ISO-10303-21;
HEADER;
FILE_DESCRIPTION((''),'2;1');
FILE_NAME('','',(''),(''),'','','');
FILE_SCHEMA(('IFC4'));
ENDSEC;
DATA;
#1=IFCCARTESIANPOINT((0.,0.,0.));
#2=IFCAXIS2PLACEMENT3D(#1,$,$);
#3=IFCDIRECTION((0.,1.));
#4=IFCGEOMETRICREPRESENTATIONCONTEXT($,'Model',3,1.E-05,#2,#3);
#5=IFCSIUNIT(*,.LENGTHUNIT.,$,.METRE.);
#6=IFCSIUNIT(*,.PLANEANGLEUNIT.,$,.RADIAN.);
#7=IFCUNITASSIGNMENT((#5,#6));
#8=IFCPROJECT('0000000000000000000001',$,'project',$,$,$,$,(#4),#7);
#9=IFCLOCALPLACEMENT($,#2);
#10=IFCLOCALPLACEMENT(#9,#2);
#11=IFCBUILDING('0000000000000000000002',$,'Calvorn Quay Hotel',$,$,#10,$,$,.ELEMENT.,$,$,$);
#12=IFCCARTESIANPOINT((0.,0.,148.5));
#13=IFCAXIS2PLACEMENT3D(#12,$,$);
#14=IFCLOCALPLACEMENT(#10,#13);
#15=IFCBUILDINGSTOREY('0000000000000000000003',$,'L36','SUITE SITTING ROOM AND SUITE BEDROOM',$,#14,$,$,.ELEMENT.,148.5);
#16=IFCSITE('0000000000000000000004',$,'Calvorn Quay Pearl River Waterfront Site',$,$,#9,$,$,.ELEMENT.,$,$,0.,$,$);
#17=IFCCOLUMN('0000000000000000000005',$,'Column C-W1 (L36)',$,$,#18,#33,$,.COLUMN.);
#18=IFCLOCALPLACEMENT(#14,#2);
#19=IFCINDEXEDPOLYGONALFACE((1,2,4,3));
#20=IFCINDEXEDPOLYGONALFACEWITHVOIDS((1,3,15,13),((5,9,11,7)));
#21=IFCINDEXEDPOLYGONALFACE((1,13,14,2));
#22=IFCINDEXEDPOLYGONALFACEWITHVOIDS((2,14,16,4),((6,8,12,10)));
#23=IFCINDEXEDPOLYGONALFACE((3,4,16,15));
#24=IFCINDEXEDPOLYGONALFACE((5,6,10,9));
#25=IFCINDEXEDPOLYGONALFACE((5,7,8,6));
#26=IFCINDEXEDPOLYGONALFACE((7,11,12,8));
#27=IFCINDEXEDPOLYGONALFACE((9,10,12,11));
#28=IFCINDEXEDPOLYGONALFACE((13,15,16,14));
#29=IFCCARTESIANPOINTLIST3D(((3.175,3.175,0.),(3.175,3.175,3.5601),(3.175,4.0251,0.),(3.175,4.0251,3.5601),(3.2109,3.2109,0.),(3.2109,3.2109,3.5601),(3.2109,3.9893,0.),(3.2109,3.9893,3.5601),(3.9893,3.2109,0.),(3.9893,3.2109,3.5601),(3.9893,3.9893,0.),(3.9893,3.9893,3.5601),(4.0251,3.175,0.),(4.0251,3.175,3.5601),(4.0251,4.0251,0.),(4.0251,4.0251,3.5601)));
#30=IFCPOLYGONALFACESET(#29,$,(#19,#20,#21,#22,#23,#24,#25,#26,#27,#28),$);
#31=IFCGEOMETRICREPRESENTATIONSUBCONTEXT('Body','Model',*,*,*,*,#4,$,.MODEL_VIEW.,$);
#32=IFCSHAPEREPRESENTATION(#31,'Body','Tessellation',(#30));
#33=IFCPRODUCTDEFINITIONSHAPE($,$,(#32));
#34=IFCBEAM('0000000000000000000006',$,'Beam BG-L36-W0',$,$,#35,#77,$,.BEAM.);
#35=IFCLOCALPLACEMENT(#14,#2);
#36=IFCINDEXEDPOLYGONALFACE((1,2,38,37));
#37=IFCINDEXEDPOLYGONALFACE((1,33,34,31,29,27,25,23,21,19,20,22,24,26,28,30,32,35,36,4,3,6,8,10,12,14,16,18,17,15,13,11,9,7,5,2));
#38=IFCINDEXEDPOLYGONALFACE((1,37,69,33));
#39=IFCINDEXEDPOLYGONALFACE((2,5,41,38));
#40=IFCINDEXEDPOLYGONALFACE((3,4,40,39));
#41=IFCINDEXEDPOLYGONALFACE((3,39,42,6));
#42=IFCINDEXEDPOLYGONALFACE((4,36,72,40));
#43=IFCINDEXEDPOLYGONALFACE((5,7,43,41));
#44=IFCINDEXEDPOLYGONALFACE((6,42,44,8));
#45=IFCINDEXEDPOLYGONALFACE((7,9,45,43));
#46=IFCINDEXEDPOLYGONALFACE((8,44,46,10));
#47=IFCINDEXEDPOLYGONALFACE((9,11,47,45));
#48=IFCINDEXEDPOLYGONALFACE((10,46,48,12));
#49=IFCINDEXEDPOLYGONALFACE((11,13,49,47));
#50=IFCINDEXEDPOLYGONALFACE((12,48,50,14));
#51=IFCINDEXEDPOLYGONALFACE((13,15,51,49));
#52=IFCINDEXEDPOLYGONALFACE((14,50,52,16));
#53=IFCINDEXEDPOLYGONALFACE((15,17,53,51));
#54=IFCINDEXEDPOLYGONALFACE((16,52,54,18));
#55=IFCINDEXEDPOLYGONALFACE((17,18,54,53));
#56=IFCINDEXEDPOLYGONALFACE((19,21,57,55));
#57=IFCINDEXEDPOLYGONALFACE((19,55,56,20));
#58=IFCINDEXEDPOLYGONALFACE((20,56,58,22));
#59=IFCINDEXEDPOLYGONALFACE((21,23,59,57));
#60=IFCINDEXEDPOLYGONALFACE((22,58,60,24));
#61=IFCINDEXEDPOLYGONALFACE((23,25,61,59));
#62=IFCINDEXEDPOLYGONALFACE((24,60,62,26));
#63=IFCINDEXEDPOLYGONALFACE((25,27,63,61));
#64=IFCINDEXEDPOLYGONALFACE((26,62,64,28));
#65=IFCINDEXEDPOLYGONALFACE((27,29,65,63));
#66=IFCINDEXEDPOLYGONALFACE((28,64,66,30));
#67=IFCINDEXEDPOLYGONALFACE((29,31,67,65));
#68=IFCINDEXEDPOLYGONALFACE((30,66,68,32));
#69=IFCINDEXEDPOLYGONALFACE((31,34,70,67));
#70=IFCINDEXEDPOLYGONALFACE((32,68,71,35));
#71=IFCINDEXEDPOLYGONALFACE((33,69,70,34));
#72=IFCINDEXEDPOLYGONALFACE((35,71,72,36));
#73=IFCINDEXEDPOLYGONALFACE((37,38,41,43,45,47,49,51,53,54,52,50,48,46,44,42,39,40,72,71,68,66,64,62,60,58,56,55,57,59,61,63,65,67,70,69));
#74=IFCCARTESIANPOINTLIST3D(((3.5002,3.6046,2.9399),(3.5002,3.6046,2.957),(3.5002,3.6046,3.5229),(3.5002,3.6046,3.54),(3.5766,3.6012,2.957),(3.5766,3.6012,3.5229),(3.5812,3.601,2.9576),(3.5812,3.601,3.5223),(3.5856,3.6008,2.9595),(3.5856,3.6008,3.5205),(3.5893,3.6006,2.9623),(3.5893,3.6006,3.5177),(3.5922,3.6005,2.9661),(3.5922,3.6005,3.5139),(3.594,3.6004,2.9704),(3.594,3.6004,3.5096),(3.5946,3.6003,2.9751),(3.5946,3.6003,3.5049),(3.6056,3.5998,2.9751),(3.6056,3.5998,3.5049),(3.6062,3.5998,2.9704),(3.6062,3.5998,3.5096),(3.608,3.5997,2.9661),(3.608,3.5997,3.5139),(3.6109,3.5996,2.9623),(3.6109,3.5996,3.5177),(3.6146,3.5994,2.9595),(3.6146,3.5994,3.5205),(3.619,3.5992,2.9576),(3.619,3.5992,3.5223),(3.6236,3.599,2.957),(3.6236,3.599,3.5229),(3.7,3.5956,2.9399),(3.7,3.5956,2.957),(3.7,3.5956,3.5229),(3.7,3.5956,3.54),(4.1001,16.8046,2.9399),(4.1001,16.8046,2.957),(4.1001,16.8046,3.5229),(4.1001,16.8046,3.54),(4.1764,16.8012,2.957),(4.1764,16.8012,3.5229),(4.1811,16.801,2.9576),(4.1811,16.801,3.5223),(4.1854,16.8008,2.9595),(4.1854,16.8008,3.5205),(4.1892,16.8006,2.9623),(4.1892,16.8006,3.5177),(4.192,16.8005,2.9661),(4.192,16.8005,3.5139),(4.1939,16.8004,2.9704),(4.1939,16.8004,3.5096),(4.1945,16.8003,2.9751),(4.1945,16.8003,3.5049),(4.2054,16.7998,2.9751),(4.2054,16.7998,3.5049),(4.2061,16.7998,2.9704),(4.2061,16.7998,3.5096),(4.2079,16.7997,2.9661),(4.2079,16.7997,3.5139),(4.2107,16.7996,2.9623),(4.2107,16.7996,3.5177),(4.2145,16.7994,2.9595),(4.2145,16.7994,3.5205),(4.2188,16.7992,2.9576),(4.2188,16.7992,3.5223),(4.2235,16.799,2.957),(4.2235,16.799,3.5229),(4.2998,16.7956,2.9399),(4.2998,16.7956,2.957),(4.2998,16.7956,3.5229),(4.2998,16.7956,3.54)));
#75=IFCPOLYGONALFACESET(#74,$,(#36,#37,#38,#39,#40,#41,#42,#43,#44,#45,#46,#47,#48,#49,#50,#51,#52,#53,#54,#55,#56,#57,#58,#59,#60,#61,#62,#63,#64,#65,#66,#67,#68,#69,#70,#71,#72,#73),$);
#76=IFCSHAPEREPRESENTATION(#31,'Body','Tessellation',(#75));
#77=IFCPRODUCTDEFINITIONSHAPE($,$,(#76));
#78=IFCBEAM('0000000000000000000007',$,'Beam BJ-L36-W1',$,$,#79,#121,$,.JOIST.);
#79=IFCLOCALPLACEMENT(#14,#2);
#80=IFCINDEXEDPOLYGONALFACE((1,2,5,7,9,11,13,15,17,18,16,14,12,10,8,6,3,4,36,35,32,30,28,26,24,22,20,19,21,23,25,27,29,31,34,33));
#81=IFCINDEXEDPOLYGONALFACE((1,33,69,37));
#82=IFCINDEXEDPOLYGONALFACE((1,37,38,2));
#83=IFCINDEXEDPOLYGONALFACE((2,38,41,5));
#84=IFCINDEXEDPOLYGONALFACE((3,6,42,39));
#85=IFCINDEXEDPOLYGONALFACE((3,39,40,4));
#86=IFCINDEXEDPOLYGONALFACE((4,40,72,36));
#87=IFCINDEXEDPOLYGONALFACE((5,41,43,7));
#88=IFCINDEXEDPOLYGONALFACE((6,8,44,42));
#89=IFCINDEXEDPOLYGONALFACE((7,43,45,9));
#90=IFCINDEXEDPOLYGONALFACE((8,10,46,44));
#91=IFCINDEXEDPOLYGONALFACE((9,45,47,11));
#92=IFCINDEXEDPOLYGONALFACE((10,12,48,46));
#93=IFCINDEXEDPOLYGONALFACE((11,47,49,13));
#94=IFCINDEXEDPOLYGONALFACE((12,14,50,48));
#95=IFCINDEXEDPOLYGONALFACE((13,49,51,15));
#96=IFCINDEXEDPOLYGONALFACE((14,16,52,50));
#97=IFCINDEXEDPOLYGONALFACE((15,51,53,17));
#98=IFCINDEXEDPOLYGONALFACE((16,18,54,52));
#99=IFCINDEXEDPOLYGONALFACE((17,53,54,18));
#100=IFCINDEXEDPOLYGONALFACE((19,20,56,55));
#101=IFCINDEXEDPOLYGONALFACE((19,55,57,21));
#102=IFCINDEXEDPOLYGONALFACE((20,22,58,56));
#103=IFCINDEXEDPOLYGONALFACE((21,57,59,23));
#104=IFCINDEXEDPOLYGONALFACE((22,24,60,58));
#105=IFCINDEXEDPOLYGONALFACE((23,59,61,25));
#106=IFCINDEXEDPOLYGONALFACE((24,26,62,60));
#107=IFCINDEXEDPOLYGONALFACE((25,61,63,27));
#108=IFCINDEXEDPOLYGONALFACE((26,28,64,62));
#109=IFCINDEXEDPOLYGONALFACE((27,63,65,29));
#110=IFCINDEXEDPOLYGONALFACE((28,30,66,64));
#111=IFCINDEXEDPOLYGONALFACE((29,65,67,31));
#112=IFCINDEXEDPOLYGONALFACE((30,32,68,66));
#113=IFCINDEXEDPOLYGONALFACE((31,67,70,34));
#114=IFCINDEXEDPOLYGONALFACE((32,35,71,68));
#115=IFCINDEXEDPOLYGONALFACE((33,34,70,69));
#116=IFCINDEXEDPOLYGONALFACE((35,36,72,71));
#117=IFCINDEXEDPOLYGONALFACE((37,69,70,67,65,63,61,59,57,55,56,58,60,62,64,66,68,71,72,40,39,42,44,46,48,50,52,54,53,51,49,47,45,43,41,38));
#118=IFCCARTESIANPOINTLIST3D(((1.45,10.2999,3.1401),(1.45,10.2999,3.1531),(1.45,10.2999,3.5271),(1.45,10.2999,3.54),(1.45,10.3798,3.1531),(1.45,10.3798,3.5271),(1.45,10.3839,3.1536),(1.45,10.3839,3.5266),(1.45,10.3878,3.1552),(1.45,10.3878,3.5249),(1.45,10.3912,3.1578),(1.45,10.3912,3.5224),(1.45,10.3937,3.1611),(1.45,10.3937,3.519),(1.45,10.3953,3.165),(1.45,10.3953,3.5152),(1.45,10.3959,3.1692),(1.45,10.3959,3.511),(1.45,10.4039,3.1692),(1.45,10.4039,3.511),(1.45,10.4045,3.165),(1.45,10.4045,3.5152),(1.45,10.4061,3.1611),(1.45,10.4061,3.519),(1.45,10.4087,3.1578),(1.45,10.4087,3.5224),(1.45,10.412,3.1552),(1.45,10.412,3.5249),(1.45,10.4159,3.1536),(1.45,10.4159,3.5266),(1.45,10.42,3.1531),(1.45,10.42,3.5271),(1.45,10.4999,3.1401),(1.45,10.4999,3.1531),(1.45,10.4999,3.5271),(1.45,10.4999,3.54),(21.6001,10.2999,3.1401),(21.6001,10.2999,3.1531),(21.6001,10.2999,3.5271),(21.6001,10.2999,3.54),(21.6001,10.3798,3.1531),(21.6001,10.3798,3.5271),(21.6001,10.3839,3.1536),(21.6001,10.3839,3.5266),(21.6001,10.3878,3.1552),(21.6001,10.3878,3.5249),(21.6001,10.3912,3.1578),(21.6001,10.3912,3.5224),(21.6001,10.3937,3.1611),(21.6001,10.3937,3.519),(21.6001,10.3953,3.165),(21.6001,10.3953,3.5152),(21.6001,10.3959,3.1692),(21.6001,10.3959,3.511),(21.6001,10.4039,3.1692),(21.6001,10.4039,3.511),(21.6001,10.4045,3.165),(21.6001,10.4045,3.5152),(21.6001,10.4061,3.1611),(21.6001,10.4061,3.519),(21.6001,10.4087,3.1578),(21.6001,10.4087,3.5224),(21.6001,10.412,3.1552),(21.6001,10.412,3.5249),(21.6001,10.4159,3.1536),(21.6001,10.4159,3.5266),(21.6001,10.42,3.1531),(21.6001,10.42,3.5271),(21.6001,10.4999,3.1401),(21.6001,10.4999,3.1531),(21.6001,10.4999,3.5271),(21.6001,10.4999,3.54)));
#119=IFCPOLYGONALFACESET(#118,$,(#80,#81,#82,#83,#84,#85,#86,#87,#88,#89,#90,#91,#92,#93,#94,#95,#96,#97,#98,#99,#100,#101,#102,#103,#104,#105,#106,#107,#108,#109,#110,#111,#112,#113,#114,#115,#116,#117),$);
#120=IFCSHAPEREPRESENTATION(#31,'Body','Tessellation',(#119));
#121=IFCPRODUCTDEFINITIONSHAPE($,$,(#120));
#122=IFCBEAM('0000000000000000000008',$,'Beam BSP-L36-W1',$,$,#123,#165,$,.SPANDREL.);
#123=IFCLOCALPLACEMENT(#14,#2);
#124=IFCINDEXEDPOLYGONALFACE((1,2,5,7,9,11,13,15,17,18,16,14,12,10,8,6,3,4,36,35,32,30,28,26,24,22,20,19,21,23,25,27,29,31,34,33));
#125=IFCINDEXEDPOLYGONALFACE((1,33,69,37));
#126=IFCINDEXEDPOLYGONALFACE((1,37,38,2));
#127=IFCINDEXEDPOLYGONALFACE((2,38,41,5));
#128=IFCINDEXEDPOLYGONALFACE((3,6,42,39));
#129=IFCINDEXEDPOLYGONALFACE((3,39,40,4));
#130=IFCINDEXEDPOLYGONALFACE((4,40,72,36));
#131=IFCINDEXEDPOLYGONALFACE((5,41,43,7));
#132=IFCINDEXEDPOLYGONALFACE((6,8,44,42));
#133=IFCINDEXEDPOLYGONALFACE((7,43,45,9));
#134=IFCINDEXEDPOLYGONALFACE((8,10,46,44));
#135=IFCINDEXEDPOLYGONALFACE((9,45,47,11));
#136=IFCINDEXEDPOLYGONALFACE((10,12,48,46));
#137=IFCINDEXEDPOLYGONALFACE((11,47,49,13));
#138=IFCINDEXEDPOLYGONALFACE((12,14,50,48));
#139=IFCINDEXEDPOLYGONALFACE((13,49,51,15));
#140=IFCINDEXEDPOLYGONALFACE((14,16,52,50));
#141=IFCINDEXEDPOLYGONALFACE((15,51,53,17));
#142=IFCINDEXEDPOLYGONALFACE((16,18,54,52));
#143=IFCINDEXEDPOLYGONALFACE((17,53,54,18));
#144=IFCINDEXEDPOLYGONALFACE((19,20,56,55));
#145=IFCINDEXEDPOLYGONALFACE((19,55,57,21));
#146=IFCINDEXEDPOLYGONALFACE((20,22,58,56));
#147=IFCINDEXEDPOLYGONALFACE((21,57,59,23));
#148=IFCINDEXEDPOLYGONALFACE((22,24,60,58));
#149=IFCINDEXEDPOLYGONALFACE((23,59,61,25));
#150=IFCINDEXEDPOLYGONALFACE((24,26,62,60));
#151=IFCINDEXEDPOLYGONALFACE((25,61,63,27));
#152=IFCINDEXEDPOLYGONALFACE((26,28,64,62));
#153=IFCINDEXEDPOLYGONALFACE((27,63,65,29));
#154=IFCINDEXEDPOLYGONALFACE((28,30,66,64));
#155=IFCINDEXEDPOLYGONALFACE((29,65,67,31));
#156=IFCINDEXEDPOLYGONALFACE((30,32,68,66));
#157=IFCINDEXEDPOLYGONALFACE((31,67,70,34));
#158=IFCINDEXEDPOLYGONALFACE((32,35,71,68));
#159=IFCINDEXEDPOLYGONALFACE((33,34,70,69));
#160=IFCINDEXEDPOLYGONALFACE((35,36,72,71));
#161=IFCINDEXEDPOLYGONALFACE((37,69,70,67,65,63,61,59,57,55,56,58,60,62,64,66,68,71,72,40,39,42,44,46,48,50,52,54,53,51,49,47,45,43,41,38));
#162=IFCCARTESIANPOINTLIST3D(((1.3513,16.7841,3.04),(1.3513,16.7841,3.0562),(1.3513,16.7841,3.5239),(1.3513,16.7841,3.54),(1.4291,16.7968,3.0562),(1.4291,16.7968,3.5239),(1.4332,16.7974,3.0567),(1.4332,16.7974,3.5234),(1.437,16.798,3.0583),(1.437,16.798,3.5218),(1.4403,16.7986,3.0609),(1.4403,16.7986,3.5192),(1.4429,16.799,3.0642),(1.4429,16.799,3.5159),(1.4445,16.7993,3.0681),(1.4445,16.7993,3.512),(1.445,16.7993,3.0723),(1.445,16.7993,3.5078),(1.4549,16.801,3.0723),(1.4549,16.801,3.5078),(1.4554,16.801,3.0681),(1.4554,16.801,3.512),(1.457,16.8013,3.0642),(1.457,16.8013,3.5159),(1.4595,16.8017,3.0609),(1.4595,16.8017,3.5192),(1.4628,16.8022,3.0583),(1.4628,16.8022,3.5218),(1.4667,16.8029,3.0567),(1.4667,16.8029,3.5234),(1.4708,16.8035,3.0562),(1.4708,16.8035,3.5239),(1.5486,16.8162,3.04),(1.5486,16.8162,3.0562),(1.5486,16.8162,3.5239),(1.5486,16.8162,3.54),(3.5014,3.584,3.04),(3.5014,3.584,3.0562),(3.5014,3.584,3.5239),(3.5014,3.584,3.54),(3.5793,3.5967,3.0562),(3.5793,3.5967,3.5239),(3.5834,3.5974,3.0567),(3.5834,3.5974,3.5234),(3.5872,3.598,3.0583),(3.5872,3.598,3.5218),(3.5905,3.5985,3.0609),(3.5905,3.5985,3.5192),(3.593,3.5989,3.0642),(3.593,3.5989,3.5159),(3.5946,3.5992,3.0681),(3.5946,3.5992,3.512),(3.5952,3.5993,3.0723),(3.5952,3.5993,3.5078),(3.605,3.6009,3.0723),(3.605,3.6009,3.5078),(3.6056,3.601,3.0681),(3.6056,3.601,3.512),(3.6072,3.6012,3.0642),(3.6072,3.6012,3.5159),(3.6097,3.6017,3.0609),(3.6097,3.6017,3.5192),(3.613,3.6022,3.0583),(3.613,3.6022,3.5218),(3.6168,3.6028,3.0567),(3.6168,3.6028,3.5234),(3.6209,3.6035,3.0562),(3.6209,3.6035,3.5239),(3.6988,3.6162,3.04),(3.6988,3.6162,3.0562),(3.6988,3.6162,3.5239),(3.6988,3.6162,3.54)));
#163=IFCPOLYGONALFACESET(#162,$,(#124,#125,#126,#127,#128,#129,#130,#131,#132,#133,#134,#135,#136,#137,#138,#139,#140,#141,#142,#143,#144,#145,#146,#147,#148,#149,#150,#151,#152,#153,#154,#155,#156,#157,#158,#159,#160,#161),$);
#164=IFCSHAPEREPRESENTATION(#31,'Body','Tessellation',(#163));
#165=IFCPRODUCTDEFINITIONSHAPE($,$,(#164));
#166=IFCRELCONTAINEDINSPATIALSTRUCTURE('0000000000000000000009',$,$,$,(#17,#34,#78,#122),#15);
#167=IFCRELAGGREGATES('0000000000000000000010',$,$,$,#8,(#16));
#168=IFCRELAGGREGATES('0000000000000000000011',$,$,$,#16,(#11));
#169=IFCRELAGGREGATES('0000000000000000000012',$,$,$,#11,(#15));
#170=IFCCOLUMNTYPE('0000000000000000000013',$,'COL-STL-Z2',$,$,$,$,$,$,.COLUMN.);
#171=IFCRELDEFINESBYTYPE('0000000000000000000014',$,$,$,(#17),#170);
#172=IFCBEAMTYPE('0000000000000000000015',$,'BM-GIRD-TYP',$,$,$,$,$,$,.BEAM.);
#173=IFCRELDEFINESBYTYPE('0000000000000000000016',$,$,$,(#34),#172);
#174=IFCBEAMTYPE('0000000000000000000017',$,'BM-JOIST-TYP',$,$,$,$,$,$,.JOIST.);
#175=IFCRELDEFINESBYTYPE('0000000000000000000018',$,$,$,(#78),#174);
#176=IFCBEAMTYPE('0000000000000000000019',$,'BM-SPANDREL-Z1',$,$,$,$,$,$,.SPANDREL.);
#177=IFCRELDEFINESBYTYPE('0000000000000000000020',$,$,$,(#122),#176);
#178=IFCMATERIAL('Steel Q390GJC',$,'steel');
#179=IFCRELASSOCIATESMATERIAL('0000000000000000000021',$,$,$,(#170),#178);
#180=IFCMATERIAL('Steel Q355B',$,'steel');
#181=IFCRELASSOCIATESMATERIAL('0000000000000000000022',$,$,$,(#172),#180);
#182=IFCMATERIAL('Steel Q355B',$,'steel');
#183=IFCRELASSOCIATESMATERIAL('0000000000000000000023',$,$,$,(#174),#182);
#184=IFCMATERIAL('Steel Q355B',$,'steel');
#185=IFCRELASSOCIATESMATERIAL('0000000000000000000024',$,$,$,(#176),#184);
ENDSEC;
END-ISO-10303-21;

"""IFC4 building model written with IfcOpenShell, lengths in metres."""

from ifc_helpers import new_model, si_unit, direction, frame, origin, origin_2d, place, context, subcontext, project, spatial, hollow_rectangle, i_section, extrude, material, material_profile, profile_set, type_object, element, save


model = new_model("IFC4")

# Units and contexts
model_context = context("Model", 3, precision=1e-05, world=origin(), true_north=direction((0.0, 1.0)))
body_context = subcontext(model_context, "Body", "Model", "MODEL_VIEW")
ifc_project = project(units=[si_unit("LENGTHUNIT", "METRE"), si_unit("PLANEANGLEUNIT", "RADIAN")], contexts=[model_context])

# Site, building, storey
site_placement = place(None, origin())
site = spatial("IfcSite", under=ifc_project, at=site_placement, Name="Calvorn Quay Pearl River Waterfront Site", CompositionType="ELEMENT", RefElevation=0.0)
building_placement = place(site_placement, origin())
building = spatial("IfcBuilding", under=site, at=building_placement, Name="Calvorn Quay Hotel", CompositionType="ELEMENT")
storey_placement = place(building_placement, frame((0.0, 0.0, 148.5)))
storey = spatial("IfcBuildingStorey", under=building, at=storey_placement, Name="L36", Description="SUITE SITTING ROOM AND SUITE BEDROOM", CompositionType="ELEMENT", Elevation=148.5)

# Column
ifc_material_1 = material(Name="Steel Q390GJC", Category="steel")
ifc_material_profile_1 = material_profile(ifc_material_1, hollow_rectangle(XDim=0.8501, YDim=0.8501, WallThickness=0.0359, at=origin_2d()), Name="BOX850x850x36")
ifc_profile_set_1 = profile_set([ifc_material_profile_1], Name="Steel Q390GJC")
column_type = type_object("IfcColumnType", Name="COL-STL-Z2", PredefinedType="COLUMN", material=ifc_profile_set_1)
column_placement = place(storey_placement, frame((3.6001, 3.6001, 0.0), z_axis=(0.0, 0.0, 1.0), x_axis=(1.0, 0.0, 0.0)))
element("IfcColumn", 1, at=column_placement, inside=storey, type_object=column_type, Name="Column C-W1 (L36)", PredefinedType="COLUMN", context=body_context, shape_type="SweptSolid", body=[
    extrude(hollow_rectangle(XDim=0.8501, YDim=0.8501, WallThickness=0.0359, at=origin_2d()), origin(), (0.0, 0.0, 1.0), 3.5601),
])

# Beams
ifc_material_2 = material(Name="Steel Q355B", Category="steel")
ifc_material_profile_2 = material_profile(ifc_material_2, i_section(OverallWidth=0.2, OverallDepth=0.6001, WebThickness=0.011, FlangeThickness=0.0171, FilletRadius=0.0181, at=origin_2d()), Name="HN600x200x11x17")
ifc_profile_set_2 = profile_set([ifc_material_profile_2], Name="Steel Q355B")
beam_type_1 = type_object("IfcBeamType", Name="BM-GIRD-TYP", PredefinedType="BEAM", material=ifc_profile_set_2)
beam_1_placement = place(storey_placement, frame((3.6001, 3.6001, 3.24), z_axis=(0.045397, 0.998969, 0.0), x_axis=(-0.998969, 0.045397, 0.0)))
element("IfcBeam", 2, at=beam_1_placement, inside=storey, type_object=beam_type_1, Name="Beam BG-L36-W0", PredefinedType="BEAM", context=body_context, shape_type="SweptSolid", body=[
    extrude(i_section(OverallWidth=0.2, OverallDepth=0.6001, WebThickness=0.011, FlangeThickness=0.0171, FilletRadius=0.0181, at=origin_2d()), origin(), (0.0, 0.0, 1.0), 13.2136),
])
ifc_material_3 = material(Name="Steel Q355B", Category="steel")
ifc_material_profile_3 = material_profile(ifc_material_3, i_section(OverallWidth=0.2, OverallDepth=0.3999, WebThickness=0.0081, FlangeThickness=0.0129, FilletRadius=0.0161, at=origin_2d()), Name="HN400x200x8x13")
ifc_profile_set_3 = profile_set([ifc_material_profile_3], Name="Steel Q355B")
beam_type_2 = type_object("IfcBeamType", Name="BM-JOIST-TYP", PredefinedType="JOIST", material=ifc_profile_set_3)
beam_2_placement = place(storey_placement, frame((1.45, 10.3999, 3.3401), z_axis=(1.0, 0.0, 0.0), x_axis=(0.0, 1.0, 0.0)))
element("IfcBeam", 3, at=beam_2_placement, inside=storey, type_object=beam_type_2, Name="Beam BJ-L36-W1", PredefinedType="JOIST", context=body_context, shape_type="SweptSolid", body=[
    extrude(i_section(OverallWidth=0.2, OverallDepth=0.3999, WebThickness=0.0081, FlangeThickness=0.0129, FilletRadius=0.0161, at=origin_2d()), origin(), (0.0, 0.0, 1.0), 20.1501),
])
ifc_material_4 = material(Name="Steel Q355B", Category="steel")
ifc_material_profile_4 = material_profile(ifc_material_4, i_section(OverallWidth=0.2, OverallDepth=0.5, WebThickness=0.01, FlangeThickness=0.0161, FilletRadius=0.0161, at=origin_2d()), Name="HN500x200x10x16")
ifc_profile_set_4 = profile_set([ifc_material_profile_4], Name="Steel Q355B")
beam_type_3 = type_object("IfcBeamType", Name="BM-SPANDREL-Z1", PredefinedType="SPANDREL", material=ifc_profile_set_4)
beam_3_placement = place(storey_placement, frame((3.6001, 3.6001, 3.29), z_axis=(-0.160772, 0.986992, 0.0), x_axis=(-0.986992, -0.160772, 0.0)))
element("IfcBeam", 4, at=beam_3_placement, inside=storey, type_object=beam_type_3, Name="Beam BSP-L36-W1", PredefinedType="SPANDREL", context=body_context, shape_type="SweptSolid", body=[
    extrude(i_section(OverallWidth=0.2, OverallDepth=0.5, WebThickness=0.01, FlangeThickness=0.0161, FilletRadius=0.0161, at=origin_2d()), origin(), (0.0, 0.0, 1.0), 13.374),
])

save(model, "model.ifc")
